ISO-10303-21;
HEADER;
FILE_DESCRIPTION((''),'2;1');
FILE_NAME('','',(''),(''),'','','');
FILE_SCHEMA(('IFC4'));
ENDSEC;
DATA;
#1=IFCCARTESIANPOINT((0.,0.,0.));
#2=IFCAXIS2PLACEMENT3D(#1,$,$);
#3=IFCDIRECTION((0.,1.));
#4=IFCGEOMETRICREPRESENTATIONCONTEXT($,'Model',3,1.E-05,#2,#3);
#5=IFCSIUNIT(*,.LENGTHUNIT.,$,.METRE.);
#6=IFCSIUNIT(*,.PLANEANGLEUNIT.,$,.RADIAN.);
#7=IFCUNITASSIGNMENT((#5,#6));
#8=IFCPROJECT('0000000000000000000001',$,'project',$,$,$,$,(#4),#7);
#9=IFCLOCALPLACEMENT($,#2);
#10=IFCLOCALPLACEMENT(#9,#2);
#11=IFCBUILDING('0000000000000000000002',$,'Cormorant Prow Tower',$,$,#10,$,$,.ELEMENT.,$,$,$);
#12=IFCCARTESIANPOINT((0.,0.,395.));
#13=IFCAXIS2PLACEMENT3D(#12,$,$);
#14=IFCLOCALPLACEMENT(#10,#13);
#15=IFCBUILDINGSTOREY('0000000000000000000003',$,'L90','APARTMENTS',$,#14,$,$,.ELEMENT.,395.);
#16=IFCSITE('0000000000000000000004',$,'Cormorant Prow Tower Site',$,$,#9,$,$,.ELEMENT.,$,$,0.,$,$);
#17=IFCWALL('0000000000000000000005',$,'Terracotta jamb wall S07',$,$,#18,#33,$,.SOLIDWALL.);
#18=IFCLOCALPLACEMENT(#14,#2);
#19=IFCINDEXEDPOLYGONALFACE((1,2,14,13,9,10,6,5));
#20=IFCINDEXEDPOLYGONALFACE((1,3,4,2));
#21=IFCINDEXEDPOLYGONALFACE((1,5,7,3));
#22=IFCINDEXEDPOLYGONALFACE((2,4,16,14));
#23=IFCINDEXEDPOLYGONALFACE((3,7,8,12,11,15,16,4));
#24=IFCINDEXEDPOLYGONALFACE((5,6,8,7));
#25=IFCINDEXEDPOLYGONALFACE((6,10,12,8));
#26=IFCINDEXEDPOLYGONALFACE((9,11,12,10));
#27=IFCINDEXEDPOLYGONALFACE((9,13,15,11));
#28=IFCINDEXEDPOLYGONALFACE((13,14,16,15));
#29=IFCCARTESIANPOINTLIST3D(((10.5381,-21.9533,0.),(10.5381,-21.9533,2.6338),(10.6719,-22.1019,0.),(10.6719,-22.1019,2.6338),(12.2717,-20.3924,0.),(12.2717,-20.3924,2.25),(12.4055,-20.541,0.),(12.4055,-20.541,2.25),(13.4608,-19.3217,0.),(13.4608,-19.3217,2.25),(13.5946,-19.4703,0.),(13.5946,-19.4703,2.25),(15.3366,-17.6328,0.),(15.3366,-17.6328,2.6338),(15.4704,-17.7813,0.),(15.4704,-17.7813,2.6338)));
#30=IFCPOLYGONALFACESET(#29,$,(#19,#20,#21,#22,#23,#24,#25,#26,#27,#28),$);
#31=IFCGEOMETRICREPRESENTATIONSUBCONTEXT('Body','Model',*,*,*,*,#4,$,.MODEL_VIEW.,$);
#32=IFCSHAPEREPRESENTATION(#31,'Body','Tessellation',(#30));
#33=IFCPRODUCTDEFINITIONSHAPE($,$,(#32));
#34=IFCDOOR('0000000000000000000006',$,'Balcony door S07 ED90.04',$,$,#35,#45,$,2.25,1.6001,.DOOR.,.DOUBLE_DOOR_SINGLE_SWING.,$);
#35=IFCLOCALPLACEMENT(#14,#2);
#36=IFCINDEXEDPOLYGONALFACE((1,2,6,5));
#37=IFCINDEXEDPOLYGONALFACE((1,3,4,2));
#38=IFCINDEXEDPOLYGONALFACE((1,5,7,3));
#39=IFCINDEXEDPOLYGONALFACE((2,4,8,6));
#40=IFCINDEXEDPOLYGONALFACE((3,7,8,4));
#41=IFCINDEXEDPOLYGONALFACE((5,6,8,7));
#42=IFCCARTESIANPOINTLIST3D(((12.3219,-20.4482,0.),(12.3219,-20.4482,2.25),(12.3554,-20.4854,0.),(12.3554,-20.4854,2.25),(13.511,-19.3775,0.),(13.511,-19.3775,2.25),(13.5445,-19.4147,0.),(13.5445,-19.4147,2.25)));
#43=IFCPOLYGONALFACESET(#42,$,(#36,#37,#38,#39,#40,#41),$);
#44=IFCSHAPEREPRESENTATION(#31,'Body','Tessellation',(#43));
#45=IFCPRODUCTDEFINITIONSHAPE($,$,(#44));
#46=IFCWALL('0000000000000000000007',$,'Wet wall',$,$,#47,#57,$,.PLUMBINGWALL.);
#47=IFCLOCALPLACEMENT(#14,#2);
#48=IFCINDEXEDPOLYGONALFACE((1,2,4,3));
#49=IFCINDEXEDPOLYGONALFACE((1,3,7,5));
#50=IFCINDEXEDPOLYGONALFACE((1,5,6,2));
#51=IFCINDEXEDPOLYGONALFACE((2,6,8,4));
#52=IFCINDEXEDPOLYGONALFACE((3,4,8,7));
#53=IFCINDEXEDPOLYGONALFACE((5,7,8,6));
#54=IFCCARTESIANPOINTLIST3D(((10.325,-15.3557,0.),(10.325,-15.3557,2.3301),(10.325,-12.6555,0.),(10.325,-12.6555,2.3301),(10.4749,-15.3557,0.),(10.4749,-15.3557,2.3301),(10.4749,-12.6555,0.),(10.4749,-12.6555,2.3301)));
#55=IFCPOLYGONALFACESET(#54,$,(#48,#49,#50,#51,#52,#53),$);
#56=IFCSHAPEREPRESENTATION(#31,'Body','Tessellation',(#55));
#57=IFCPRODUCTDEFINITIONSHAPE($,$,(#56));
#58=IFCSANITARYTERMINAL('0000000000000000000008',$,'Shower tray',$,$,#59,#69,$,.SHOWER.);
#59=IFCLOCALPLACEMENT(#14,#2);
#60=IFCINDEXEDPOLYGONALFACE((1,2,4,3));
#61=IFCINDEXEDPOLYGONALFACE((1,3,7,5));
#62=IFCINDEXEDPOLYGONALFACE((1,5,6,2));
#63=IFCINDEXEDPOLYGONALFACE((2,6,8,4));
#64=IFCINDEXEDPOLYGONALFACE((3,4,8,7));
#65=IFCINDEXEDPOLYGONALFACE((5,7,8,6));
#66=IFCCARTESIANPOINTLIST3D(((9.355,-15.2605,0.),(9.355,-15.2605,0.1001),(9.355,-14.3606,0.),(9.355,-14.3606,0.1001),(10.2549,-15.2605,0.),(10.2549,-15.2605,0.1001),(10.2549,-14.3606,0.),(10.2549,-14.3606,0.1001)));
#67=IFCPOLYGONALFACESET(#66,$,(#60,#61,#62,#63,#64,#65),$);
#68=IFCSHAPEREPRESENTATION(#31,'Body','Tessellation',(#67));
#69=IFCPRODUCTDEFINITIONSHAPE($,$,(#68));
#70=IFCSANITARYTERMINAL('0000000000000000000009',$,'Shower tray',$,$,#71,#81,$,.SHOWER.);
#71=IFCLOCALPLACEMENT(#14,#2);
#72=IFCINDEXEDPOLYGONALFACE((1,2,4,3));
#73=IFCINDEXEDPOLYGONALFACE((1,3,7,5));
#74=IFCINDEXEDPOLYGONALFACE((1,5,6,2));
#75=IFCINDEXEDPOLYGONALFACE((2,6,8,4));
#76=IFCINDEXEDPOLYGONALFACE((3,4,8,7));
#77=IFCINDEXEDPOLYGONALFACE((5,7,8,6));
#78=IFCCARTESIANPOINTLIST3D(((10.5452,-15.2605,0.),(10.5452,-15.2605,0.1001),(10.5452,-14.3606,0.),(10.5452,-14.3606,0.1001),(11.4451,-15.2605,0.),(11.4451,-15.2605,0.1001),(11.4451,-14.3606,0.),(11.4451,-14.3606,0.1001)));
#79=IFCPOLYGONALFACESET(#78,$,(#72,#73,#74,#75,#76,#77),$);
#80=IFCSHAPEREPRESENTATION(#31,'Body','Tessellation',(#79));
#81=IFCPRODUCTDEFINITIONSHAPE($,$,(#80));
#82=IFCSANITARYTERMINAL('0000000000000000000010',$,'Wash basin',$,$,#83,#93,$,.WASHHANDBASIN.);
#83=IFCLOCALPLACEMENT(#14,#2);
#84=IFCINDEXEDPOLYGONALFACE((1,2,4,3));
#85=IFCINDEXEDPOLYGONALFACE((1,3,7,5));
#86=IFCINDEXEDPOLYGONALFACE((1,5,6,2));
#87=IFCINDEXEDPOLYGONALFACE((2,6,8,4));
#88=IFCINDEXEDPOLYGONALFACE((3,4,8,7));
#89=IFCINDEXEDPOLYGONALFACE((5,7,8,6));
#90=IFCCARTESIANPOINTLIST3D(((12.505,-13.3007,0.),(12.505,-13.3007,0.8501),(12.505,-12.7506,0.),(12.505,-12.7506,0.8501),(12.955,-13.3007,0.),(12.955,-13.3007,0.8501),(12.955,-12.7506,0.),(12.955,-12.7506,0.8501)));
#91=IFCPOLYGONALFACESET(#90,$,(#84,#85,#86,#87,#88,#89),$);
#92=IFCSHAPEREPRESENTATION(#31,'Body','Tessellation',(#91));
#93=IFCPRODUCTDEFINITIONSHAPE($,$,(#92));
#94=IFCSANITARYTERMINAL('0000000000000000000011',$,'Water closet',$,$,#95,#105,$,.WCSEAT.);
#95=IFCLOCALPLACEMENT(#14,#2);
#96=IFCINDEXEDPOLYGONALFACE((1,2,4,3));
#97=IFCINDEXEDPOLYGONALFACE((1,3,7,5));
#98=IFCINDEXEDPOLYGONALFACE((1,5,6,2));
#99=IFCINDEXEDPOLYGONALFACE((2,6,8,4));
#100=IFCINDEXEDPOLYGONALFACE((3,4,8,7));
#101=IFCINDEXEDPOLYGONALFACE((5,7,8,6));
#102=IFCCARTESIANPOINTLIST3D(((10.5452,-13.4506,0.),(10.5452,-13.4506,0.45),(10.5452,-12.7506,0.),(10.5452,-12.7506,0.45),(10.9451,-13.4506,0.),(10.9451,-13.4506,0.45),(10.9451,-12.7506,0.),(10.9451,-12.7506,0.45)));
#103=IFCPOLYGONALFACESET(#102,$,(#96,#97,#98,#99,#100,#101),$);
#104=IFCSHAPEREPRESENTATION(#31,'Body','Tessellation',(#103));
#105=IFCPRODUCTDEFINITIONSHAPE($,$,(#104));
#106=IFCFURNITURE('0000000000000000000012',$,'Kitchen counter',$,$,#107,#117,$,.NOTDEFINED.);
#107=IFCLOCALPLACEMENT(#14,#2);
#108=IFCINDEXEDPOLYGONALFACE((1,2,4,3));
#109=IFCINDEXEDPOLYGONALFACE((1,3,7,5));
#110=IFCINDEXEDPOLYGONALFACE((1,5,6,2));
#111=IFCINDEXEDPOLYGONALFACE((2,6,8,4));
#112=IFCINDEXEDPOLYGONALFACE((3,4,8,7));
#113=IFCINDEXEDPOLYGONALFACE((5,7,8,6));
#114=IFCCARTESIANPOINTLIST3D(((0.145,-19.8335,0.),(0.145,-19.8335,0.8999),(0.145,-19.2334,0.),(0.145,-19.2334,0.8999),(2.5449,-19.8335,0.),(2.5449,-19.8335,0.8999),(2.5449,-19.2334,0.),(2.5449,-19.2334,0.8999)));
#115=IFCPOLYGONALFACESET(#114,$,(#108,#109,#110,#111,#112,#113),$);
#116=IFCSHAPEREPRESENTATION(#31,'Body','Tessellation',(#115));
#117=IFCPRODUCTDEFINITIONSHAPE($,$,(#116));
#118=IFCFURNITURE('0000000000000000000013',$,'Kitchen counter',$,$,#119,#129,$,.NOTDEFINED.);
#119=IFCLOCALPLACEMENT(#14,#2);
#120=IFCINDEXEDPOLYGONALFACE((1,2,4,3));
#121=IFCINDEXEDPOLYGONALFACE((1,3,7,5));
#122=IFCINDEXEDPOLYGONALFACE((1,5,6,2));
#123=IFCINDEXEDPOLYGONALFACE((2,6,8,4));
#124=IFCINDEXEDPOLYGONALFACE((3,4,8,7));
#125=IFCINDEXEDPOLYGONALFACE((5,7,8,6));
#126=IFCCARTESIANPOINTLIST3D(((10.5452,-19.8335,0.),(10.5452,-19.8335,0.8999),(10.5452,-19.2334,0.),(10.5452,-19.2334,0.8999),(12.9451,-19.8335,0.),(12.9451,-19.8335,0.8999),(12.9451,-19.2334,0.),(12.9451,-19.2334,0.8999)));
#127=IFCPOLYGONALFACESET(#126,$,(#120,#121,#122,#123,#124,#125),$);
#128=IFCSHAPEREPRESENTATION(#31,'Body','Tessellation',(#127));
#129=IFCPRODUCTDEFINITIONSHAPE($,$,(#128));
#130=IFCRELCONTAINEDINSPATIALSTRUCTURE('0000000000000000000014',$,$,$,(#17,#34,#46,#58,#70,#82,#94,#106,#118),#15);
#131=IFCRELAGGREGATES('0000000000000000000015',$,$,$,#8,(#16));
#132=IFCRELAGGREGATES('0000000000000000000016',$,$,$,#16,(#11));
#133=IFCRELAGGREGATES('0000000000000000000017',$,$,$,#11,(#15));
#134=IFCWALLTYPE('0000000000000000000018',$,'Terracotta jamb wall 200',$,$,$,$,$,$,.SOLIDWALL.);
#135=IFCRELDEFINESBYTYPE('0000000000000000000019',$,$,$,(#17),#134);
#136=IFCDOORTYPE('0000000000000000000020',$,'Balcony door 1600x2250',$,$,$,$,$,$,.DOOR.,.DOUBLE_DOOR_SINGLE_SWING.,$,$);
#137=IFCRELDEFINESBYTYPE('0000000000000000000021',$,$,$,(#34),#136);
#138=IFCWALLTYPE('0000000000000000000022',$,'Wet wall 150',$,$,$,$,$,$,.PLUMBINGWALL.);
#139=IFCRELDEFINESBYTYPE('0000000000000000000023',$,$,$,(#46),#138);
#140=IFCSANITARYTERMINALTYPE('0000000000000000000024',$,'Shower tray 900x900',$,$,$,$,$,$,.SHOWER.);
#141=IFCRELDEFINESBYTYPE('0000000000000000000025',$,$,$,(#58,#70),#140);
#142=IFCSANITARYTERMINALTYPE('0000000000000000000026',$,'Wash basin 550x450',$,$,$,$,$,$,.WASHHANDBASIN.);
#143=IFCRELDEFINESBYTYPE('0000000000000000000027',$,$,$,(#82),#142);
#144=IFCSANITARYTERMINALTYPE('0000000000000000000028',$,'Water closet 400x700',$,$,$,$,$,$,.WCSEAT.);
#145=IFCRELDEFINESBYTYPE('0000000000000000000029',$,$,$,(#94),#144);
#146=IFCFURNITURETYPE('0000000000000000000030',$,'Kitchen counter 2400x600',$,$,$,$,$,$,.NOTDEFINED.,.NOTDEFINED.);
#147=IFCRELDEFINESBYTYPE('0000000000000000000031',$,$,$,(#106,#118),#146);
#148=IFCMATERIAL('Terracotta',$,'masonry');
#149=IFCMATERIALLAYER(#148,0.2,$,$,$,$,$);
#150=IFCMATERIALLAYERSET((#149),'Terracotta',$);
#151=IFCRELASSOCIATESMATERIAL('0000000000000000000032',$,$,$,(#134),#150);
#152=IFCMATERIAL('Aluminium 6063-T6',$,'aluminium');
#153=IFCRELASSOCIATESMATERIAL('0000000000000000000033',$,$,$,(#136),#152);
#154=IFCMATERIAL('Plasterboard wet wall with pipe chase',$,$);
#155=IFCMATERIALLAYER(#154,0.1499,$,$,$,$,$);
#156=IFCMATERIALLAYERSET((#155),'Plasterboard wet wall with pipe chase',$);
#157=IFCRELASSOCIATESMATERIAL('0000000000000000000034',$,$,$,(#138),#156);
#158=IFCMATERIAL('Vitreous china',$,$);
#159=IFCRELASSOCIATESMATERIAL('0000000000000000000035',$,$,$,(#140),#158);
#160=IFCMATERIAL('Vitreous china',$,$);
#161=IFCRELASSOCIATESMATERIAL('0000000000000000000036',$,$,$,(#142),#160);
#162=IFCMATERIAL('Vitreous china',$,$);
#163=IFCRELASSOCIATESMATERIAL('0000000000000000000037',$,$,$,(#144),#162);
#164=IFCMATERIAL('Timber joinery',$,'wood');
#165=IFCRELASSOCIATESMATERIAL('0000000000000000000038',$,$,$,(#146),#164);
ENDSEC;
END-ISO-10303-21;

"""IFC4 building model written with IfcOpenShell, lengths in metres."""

from ifc_helpers import new_model, si_unit, direction, frame, frame_2d, origin, origin_2d, place, context, subcontext, project, spatial, rectangle, extrude, material, layer, layer_set, type_object, element, fill, save


model = new_model("IFC4")

# Units and contexts
model_context = context("Model", 3, precision=1e-05, world=origin(), true_north=direction((0.0, 1.0)))
body_context = subcontext(model_context, "Body", "Model", "MODEL_VIEW")
ifc_project = project(units=[si_unit("LENGTHUNIT", "METRE"), si_unit("PLANEANGLEUNIT", "RADIAN")], contexts=[model_context])

# Site, building, storey
site_placement = place(None, origin())
site = spatial("IfcSite", under=ifc_project, at=site_placement, Name="Cormorant Prow Tower Site", CompositionType="ELEMENT", RefElevation=0.0)
building_placement = place(site_placement, origin())
building = spatial("IfcBuilding", under=site, at=building_placement, Name="Cormorant Prow Tower", CompositionType="ELEMENT")
storey_placement = place(building_placement, frame((0.0, 0.0, 395.0)))
storey = spatial("IfcBuildingStorey", under=building, at=storey_placement, Name="L90", Description="APARTMENTS", CompositionType="ELEMENT", Elevation=395.0)

# Wall, opening, door
ifc_material_1 = material(Name="Terracotta", Category="masonry")
ifc_layer_1 = layer(ifc_material_1, 0.2)
ifc_layer_set_1 = layer_set([ifc_layer_1], Name="Terracotta")
wall_type_1 = type_object("IfcWallType", Name="Terracotta jamb wall 200", PredefinedType="SOLIDWALL", material=ifc_layer_set_1)
ifc_material_2 = material(Name="Aluminium 6063-T6", Category="aluminium")
door_type_1 = type_object("IfcDoorType", Name="Balcony door 1600x2250", OperationType="DOUBLE_DOOR_SINGLE_SWING", PredefinedType="DOOR", material=ifc_material_2)
wall_1_placement = place(storey_placement, frame((10.605, -22.0276, 0.0), z_axis=(0.0, 0.0, 1.0), x_axis=(0.743153, 0.669121, 0.0)))
wall_1 = element("IfcWall", 1, at=wall_1_placement, inside=storey, type_object=wall_type_1, Name="Terracotta jamb wall S07", PredefinedType="SOLIDWALL", context=body_context, shape_type="SweptSolid", body=[
    extrude(rectangle(XDim=6.457, YDim=0.2, at=frame_2d((3.2285, 0.0))), origin(), (0.0, 0.0, 1.0), 2.6338),
])
opening_1_placement = place(wall_1_placement, frame((2.3328, 0.0, 0.0)))
opening_1 = element("IfcOpeningElement", 2, at=opening_1_placement, cuts=wall_1, PredefinedType="OPENING", context=body_context, shape_type="SweptSolid", body=[
    extrude(rectangle(XDim=1.6001, YDim=2.25, at=frame_2d((0.8, 1.125))), frame((0.0, 0.1099, 0.0), z_axis=(0.0, -1.0, 0.0), x_axis=(1.0, 0.0, 0.0)), (0.0, 0.0, 1.0), 0.22),
])
door_1_placement = place(opening_1_placement, origin())
door_1 = element("IfcDoor", 3, at=door_1_placement, inside=storey, type_object=door_type_1, Name="Balcony door S07 ED90.04", OperationType="DOUBLE_DOOR_SINGLE_SWING", OverallHeight=2.25, OverallWidth=1.6001, PredefinedType="DOOR", context=body_context, shape_type="SweptSolid", body=[
    extrude(rectangle(XDim=1.6001, YDim=2.25, at=frame_2d((0.8, 1.125))), frame((0.0, 0.0249, 0.0), z_axis=(0.0, -1.0, 0.0), x_axis=(1.0, 0.0, 0.0)), (0.0, 0.0, 1.0), 0.05),
])
fill(opening_1, door_1)

# Wall
ifc_material_3 = material(Name="Plasterboard wet wall with pipe chase")
ifc_layer_2 = layer(ifc_material_3, 0.1499)
ifc_layer_set_2 = layer_set([ifc_layer_2], Name="Plasterboard wet wall with pipe chase")
wall_type_2 = type_object("IfcWallType", Name="Wet wall 150", PredefinedType="PLUMBINGWALL", material=ifc_layer_set_2)
wall_2_placement = place(storey_placement, frame((10.3999, -15.3557, 0.0), z_axis=(0.0, 0.0, 1.0), x_axis=(0.0, 1.0, 0.0)))
element("IfcWall", 4, at=wall_2_placement, inside=storey, type_object=wall_type_2, Name="Wet wall", PredefinedType="PLUMBINGWALL", context=body_context, shape_type="SweptSolid", body=[
    extrude(rectangle(XDim=2.7002, YDim=0.1499, at=frame_2d((1.3501, 0.0))), origin(), (0.0, 0.0, 1.0), 2.3301),
])

# Sanitary terminals
ifc_material_4 = material(Name="Vitreous china")
sanitary_terminal_type_1 = type_object("IfcSanitaryTerminalType", Name="Shower tray 900x900", PredefinedType="SHOWER", material=ifc_material_4)
for number, where, z_axis, x_axis, name in (
    (5, (9.8049, -14.8105, 0.0), (0.0, 0.0, 1.0), (-1.0, 0.0, 0.0), "Shower tray"),
    (6, (10.9951, -14.8105, 0.0), (0.0, 0.0, 1.0), (0.0, 1.0, 0.0), "Shower tray"),
):
    element("IfcSanitaryTerminal", number, at=place(storey_placement, frame(where, z_axis=z_axis, x_axis=x_axis)), inside=storey, type_object=sanitary_terminal_type_1, Name=name, PredefinedType="SHOWER", context=body_context, shape_type="SweptSolid", body=[
        extrude(rectangle(XDim=0.8999, YDim=0.8999, at=origin_2d()), origin(), (0.0, 0.0, 1.0), 0.1001),
    ])
ifc_material_5 = material(Name="Vitreous china")
sanitary_terminal_type_2 = type_object("IfcSanitaryTerminalType", Name="Wash basin 550x450", PredefinedType="WASHHANDBASIN", material=ifc_material_5)
sanitary_terminal_1_placement = place(storey_placement, frame((12.73, -13.0256, 0.0), z_axis=(0.0, 0.0, 1.0), x_axis=(0.0, -1.0, 0.0)))
element("IfcSanitaryTerminal", 7, at=sanitary_terminal_1_placement, inside=storey, type_object=sanitary_terminal_type_2, Name="Wash basin", PredefinedType="WASHHANDBASIN", context=body_context, shape_type="SweptSolid", body=[
    extrude(rectangle(XDim=0.55, YDim=0.45, at=origin_2d()), origin(), (0.0, 0.0, 1.0), 0.8501),
])
ifc_material_6 = material(Name="Vitreous china")
sanitary_terminal_type_3 = type_object("IfcSanitaryTerminalType", Name="Water closet 400x700", PredefinedType="WCSEAT", material=ifc_material_6)
sanitary_terminal_2_placement = place(storey_placement, frame((10.7451, -13.1006, 0.0), z_axis=(0.0, 0.0, 1.0), x_axis=(1.0, 0.0, 0.0)))
element("IfcSanitaryTerminal", 8, at=sanitary_terminal_2_placement, inside=storey, type_object=sanitary_terminal_type_3, Name="Water closet", PredefinedType="WCSEAT", context=body_context, shape_type="SweptSolid", body=[
    extrude(rectangle(XDim=0.3999, YDim=0.7, at=origin_2d()), origin(), (0.0, 0.0, 1.0), 0.45),
])

# Furniture
ifc_material_7 = material(Name="Timber joinery", Category="wood")
furniture_type = type_object("IfcFurnitureType", Name="Kitchen counter 2400x600", AssemblyPlace="NOTDEFINED", PredefinedType="NOTDEFINED", material=ifc_material_7)
for number, where, z_axis, x_axis, name in (
    (9, (1.345, -19.5334, 0.0), (0.0, 0.0, 1.0), (1.0, 0.0, 0.0), "Kitchen counter"),
    (10, (11.7451, -19.5334, 0.0), (0.0, 0.0, 1.0), (1.0, 0.0, 0.0), "Kitchen counter"),
):
    element("IfcFurniture", number, at=place(storey_placement, frame(where, z_axis=z_axis, x_axis=x_axis)), inside=storey, type_object=furniture_type, Name=name, PredefinedType="NOTDEFINED", context=body_context, shape_type="SweptSolid", body=[
        extrude(rectangle(XDim=2.3999, YDim=0.6001, at=origin_2d()), origin(), (0.0, 0.0, 1.0), 0.8999),
    ])

save(model, "model.ifc")
